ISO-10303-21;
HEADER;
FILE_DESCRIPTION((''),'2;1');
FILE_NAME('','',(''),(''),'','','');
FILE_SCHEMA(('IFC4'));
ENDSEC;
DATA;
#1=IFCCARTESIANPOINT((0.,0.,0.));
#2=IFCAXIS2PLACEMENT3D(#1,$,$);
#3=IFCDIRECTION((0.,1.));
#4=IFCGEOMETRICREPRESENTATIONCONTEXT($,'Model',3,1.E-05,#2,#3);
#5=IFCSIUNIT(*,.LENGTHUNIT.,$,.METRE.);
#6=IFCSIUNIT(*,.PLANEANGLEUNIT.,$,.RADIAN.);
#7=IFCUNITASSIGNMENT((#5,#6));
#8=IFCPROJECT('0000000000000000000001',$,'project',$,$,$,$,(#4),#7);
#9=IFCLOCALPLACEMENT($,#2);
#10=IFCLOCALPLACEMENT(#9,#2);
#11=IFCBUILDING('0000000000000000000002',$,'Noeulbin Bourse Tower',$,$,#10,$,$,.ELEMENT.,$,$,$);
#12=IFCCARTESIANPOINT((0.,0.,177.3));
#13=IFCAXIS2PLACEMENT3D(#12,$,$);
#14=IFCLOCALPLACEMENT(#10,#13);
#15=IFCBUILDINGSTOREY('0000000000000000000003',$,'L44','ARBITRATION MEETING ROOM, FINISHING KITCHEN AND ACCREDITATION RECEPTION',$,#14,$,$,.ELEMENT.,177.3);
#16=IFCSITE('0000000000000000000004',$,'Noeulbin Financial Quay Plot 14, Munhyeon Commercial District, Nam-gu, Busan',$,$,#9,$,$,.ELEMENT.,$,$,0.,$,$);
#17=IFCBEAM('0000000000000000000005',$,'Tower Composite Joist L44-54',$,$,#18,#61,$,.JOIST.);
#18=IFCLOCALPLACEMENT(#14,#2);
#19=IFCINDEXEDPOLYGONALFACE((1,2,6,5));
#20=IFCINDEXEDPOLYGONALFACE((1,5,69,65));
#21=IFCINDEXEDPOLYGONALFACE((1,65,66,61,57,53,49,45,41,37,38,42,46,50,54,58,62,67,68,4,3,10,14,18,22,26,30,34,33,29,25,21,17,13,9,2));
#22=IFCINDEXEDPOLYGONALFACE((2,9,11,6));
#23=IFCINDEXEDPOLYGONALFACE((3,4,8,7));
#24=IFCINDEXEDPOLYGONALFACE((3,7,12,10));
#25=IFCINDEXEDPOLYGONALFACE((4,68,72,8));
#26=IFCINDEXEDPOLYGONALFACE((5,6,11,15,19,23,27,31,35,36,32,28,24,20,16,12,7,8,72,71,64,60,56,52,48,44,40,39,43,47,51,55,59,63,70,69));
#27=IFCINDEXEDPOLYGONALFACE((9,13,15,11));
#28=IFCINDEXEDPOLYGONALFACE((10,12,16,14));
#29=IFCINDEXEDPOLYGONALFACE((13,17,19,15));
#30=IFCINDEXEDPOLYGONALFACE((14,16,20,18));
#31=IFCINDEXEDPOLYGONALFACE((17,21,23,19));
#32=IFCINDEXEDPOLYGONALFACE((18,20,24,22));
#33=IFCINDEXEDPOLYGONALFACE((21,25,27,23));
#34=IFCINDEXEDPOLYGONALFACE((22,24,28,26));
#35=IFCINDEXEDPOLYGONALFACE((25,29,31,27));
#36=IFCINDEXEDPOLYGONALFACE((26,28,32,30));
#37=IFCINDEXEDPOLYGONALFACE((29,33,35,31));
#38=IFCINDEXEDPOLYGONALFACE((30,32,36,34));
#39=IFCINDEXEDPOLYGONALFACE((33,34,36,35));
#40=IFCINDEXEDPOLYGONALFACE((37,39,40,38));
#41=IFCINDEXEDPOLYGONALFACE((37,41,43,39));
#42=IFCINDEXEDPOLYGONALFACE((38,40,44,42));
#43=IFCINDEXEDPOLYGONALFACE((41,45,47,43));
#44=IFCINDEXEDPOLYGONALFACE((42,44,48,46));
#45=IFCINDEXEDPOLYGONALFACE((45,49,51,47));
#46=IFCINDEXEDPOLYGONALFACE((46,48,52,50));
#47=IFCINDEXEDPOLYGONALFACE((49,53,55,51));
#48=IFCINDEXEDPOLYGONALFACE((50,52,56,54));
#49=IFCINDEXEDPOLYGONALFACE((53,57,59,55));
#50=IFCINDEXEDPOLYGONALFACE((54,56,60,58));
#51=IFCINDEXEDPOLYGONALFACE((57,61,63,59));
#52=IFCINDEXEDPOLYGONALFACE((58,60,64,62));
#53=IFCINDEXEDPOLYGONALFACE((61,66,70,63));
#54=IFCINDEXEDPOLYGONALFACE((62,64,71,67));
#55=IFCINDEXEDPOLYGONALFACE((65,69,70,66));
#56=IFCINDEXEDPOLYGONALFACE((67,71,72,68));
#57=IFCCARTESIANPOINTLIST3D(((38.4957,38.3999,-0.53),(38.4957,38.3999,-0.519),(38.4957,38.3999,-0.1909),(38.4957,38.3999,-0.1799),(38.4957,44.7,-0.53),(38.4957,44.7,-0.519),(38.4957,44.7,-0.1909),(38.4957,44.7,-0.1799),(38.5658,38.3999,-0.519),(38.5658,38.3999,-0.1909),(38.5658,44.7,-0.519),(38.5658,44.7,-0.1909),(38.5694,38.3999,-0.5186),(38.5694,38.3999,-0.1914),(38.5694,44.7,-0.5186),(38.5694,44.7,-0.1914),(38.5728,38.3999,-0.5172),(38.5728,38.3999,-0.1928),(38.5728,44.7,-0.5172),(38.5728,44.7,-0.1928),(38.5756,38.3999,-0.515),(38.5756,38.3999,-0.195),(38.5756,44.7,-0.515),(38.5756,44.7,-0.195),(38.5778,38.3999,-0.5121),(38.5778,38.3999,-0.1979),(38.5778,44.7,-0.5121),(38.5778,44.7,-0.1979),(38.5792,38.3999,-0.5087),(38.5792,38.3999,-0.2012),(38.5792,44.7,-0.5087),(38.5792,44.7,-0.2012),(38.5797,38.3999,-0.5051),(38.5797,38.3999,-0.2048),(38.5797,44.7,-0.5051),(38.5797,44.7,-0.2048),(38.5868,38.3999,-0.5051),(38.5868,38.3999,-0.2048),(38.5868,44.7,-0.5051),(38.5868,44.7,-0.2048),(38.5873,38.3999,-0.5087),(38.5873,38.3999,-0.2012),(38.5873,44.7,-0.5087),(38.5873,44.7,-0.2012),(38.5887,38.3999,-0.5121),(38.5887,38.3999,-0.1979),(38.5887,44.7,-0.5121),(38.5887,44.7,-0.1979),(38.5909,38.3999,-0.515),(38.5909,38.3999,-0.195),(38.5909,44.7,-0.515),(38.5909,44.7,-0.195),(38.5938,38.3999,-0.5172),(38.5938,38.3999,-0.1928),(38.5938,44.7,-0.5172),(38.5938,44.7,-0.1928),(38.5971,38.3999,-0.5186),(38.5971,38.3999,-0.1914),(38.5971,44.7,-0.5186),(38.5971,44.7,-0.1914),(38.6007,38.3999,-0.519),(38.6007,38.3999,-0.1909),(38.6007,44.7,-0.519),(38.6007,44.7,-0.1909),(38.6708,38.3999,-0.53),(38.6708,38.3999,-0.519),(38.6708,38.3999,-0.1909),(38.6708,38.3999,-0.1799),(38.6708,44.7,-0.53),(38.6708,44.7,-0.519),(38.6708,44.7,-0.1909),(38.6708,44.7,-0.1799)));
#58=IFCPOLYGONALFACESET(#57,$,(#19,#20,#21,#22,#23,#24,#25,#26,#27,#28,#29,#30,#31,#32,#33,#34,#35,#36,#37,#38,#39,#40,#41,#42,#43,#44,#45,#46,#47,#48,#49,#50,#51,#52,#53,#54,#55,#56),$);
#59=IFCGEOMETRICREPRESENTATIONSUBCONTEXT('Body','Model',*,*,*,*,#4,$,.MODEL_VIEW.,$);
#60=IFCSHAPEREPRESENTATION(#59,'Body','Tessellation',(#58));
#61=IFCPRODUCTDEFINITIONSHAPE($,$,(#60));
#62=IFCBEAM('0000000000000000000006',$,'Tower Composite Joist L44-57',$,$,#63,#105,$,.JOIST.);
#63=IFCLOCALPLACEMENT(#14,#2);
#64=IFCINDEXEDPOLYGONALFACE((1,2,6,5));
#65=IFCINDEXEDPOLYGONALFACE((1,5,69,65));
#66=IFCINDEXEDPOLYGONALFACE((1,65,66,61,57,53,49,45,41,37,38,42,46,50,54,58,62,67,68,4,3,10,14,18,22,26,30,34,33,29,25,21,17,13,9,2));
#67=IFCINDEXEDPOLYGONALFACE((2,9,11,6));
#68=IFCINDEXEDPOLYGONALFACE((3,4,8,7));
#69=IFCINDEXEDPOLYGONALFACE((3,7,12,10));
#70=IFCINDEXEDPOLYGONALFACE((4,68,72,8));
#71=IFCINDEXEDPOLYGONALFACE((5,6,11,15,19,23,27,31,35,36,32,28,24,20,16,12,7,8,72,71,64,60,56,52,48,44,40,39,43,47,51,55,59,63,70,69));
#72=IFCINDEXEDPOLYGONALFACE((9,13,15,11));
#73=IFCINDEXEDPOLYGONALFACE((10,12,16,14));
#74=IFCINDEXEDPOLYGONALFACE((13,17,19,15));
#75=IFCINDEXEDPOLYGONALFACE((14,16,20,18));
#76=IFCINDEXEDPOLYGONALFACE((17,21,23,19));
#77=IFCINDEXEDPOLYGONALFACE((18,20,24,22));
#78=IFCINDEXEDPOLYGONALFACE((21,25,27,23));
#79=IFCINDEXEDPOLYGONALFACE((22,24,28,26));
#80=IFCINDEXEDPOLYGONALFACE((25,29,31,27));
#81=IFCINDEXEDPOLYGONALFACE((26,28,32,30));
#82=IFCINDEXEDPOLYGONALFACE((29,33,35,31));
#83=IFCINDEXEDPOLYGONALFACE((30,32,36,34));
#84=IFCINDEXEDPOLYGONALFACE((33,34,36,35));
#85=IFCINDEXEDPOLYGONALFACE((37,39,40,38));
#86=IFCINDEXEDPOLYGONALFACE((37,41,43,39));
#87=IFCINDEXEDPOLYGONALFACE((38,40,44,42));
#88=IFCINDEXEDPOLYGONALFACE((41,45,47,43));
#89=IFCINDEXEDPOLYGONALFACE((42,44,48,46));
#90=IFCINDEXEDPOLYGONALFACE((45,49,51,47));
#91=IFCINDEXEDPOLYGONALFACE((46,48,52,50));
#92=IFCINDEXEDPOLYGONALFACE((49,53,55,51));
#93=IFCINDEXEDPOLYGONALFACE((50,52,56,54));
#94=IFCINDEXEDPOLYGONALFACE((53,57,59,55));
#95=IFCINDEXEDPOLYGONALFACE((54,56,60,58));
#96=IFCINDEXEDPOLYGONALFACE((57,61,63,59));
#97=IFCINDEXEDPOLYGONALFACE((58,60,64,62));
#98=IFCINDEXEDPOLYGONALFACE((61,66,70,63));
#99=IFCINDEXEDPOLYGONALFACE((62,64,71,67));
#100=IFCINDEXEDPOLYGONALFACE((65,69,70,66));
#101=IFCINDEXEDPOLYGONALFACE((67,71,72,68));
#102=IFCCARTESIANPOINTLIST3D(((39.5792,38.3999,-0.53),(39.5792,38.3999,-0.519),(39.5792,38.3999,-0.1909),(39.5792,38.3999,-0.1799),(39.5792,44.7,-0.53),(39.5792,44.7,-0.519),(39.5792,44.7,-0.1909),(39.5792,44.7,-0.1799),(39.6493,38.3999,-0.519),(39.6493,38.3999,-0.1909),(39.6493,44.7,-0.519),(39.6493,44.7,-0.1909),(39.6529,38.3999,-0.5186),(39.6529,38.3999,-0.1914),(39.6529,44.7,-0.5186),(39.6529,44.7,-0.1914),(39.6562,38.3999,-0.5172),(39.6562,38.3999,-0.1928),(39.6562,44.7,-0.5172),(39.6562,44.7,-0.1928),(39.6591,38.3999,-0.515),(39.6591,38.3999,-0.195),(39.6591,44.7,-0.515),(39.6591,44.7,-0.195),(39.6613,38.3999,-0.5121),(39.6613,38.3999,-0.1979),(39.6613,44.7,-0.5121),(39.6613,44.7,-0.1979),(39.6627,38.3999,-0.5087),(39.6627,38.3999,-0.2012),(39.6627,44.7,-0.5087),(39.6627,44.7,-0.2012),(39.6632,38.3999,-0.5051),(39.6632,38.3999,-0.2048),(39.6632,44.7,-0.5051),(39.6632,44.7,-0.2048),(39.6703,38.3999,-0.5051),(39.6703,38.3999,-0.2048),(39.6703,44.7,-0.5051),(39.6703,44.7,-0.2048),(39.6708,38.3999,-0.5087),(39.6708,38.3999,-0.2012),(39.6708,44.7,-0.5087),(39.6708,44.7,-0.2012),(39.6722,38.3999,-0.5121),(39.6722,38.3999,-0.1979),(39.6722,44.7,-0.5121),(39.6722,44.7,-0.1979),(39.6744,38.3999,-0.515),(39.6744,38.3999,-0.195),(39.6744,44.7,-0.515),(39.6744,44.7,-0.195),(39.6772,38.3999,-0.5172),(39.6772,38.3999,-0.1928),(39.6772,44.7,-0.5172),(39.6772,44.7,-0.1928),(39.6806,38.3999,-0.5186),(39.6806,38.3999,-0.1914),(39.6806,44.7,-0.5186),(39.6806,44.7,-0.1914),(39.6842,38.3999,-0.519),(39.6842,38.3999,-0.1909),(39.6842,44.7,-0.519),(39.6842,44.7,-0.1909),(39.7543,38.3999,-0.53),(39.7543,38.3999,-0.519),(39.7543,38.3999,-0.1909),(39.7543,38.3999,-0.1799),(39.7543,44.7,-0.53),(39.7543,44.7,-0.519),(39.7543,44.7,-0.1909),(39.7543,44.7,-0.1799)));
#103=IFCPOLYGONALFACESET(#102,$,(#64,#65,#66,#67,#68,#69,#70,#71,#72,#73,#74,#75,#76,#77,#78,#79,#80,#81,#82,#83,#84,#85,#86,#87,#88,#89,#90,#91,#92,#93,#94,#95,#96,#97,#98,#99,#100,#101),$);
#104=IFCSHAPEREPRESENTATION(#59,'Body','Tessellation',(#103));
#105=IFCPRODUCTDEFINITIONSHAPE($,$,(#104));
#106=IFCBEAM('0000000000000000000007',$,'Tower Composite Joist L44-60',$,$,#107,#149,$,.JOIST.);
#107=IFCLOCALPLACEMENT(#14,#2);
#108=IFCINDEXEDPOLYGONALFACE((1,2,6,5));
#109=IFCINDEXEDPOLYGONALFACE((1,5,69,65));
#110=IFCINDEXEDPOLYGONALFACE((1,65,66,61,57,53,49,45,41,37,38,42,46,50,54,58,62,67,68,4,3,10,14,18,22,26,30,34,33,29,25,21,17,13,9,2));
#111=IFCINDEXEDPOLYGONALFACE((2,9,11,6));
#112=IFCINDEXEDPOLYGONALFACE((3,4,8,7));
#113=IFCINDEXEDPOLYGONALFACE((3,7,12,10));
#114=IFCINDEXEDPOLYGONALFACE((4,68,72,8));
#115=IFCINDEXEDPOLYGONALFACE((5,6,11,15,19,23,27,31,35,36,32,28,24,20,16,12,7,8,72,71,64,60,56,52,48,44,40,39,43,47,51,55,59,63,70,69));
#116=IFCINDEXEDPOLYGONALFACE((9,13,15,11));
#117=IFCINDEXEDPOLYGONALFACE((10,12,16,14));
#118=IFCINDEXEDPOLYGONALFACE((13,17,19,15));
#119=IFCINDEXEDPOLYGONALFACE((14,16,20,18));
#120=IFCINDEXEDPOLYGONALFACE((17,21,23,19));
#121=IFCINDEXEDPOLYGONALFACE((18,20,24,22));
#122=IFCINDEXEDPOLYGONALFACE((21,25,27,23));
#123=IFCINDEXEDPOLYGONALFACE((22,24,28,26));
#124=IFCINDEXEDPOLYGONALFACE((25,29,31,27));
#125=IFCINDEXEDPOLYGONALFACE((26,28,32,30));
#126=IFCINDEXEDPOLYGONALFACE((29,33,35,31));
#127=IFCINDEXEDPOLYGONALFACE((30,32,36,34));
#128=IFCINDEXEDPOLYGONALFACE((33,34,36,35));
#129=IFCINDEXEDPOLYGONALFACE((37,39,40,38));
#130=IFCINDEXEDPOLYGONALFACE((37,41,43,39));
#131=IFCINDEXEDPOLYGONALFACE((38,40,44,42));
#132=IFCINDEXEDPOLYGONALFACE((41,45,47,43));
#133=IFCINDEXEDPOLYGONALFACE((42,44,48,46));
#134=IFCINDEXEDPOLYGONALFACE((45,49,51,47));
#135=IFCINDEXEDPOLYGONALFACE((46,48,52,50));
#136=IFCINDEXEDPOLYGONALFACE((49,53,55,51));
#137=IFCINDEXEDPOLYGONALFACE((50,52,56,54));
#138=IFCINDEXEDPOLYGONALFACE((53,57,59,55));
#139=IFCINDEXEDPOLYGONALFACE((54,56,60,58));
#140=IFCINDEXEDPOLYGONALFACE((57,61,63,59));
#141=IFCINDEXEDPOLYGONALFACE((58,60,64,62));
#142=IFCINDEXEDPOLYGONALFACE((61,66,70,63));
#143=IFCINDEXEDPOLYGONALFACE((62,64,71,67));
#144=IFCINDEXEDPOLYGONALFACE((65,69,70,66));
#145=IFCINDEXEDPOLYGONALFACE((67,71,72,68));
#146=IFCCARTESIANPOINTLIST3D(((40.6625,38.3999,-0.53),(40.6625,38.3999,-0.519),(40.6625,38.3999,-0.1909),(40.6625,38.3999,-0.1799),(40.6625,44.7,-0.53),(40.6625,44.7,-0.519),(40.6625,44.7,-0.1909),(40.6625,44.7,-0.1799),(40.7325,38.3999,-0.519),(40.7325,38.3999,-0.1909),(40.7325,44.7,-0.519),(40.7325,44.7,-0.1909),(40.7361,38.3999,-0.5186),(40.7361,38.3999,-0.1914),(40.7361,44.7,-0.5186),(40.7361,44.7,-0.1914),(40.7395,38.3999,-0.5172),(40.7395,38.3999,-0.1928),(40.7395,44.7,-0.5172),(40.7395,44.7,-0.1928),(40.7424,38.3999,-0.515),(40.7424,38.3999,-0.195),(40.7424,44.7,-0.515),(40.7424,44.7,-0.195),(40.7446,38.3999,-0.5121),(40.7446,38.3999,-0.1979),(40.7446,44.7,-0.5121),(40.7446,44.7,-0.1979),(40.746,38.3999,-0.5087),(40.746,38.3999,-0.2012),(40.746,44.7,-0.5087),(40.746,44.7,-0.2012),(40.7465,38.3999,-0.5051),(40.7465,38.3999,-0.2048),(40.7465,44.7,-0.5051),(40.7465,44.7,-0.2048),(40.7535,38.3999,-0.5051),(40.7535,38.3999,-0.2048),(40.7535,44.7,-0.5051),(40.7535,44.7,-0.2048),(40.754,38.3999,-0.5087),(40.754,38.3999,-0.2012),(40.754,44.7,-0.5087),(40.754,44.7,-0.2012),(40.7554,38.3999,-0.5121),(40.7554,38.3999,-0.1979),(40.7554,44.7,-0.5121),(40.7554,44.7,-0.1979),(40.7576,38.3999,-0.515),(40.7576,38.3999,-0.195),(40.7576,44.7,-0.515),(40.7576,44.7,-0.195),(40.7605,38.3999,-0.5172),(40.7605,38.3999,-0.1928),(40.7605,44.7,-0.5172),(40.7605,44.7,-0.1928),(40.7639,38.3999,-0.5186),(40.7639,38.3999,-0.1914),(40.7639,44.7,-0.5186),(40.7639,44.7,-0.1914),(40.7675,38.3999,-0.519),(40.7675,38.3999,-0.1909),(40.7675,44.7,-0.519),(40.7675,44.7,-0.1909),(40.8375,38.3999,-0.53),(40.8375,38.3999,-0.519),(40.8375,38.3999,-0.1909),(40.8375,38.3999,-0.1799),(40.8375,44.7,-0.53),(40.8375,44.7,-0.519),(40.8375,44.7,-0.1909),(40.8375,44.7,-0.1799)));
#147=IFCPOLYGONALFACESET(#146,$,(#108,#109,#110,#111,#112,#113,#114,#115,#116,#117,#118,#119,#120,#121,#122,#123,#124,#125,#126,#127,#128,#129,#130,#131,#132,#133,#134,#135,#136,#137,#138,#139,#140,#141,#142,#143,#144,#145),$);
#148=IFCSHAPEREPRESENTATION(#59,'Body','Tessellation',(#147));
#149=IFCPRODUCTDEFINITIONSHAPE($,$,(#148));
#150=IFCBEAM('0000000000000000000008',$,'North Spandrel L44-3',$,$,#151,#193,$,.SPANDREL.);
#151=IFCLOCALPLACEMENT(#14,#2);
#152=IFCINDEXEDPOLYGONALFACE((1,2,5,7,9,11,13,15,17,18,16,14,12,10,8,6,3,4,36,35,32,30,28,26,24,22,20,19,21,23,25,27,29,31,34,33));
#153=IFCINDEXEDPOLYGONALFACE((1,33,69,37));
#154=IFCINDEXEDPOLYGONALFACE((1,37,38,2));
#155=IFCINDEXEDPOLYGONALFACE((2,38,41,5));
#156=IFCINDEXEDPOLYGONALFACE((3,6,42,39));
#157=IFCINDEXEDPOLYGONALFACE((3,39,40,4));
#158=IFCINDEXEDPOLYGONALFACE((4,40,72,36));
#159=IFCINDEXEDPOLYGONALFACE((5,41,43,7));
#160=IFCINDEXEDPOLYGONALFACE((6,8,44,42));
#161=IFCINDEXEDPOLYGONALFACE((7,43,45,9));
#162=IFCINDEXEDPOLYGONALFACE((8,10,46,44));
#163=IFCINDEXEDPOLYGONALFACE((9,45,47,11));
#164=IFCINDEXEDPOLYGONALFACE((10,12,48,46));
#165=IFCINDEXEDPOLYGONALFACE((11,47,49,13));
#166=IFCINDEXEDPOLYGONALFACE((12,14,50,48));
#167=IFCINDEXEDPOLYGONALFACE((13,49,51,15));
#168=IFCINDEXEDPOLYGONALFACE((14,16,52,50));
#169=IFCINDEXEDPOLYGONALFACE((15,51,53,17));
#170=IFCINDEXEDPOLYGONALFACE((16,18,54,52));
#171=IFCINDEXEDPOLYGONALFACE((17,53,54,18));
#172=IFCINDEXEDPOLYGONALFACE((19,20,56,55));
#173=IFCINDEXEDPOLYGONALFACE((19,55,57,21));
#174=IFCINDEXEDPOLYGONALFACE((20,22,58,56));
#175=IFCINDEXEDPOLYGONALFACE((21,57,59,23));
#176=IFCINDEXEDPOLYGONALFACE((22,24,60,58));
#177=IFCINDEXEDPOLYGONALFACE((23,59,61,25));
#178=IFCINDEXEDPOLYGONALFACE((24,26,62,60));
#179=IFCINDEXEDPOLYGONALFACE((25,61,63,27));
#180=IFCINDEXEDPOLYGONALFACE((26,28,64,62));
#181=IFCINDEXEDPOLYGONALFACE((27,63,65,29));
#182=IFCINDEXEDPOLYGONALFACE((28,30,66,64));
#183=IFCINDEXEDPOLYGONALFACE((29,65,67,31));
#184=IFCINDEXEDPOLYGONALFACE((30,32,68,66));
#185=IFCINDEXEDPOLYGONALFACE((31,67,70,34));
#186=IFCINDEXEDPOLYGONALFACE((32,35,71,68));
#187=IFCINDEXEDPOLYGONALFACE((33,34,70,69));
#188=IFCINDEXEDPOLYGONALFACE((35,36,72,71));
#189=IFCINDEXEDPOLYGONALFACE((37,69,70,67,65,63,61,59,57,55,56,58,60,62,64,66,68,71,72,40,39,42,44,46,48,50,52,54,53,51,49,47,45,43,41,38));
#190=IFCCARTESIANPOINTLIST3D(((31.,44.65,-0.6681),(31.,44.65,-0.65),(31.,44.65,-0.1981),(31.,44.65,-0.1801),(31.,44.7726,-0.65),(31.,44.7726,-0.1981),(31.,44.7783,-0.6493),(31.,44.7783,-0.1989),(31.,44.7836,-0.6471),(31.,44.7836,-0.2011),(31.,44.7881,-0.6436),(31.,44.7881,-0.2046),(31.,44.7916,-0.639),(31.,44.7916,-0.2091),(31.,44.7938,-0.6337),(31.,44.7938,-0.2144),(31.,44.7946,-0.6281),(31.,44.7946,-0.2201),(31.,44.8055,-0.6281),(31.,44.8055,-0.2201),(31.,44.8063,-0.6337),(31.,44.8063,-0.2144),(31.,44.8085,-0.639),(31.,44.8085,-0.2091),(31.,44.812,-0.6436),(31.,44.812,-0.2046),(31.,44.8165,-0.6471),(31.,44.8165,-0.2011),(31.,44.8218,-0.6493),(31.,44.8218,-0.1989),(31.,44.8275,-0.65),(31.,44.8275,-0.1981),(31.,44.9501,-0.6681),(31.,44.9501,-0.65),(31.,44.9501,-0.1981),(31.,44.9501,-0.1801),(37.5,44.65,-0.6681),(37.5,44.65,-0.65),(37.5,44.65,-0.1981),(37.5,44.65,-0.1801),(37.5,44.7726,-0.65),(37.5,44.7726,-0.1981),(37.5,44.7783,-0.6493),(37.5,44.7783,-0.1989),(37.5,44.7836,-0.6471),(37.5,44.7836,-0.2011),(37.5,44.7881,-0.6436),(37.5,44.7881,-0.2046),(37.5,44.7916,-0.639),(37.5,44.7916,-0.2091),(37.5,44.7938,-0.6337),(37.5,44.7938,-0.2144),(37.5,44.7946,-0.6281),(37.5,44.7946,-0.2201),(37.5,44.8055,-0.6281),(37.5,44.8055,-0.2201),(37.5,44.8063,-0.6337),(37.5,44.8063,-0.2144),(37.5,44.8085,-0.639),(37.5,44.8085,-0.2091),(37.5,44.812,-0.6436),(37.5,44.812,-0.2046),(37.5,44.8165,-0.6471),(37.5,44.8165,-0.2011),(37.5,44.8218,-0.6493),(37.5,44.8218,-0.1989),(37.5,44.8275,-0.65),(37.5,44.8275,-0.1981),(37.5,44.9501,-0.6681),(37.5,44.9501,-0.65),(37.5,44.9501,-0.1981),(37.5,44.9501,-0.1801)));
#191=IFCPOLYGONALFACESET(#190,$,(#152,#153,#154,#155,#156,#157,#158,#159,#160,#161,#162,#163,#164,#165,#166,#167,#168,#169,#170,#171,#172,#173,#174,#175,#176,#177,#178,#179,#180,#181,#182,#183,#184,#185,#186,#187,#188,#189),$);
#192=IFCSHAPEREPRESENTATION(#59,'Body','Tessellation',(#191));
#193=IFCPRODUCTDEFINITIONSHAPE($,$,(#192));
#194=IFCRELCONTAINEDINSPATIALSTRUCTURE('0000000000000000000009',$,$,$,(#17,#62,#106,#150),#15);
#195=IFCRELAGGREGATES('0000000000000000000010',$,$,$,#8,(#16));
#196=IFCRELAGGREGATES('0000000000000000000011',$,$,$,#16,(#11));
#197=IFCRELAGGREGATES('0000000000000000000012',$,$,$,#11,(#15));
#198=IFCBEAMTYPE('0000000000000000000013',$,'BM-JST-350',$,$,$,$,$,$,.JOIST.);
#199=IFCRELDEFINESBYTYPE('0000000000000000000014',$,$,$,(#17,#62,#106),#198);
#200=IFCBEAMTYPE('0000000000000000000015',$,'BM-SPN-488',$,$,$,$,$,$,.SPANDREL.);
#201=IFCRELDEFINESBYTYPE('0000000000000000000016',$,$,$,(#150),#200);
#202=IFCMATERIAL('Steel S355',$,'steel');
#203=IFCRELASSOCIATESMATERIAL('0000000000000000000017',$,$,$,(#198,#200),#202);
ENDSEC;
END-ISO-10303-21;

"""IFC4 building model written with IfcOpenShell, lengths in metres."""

from ifc_helpers import new_model, si_unit, direction, frame, origin, origin_2d, place, context, subcontext, project, spatial, i_section, extrude, material, material_profile, profile_set, type_object, element, save


model = new_model("IFC4")

# Units and contexts
model_context = context("Model", 3, precision=1e-05, world=origin(), true_north=direction((0.0, 1.0)))
body_context = subcontext(model_context, "Body", "Model", "MODEL_VIEW")
ifc_project = project(units=[si_unit("LENGTHUNIT", "METRE"), si_unit("PLANEANGLEUNIT", "RADIAN")], contexts=[model_context])

# Site, building, storey
site_placement = place(None, origin())
site = spatial("IfcSite", under=ifc_project, at=site_placement, Name="Noeulbin Financial Quay Plot 14, Munhyeon Commercial District, Nam-gu, Busan", CompositionType="ELEMENT", RefElevation=0.0)
building_placement = place(site_placement, origin())
building = spatial("IfcBuilding", under=site, at=building_placement, Name="Noeulbin Bourse Tower", CompositionType="ELEMENT")
storey_placement = place(building_placement, frame((0.0, 0.0, 177.3)))
storey = spatial("IfcBuildingStorey", under=building, at=storey_placement, Name="L44", Description="ARBITRATION MEETING ROOM, FINISHING KITCHEN AND ACCREDITATION RECEPTION", CompositionType="ELEMENT", Elevation=177.3)

# Shared definitions
ifc_material_1 = material(Name="Steel S355", Category="steel")

# Beams
ifc_material_profile_1 = material_profile(ifc_material_1, i_section(OverallWidth=0.175, OverallDepth=0.3501, WebThickness=0.0071, FlangeThickness=0.011, FilletRadius=0.0139, at=origin_2d()), Name="H-350x175x7x11", Category="LoadBearing")
ifc_profile_set_1 = profile_set([ifc_material_profile_1], Name="Steel S355")
beam_type_1 = type_object("IfcBeamType", Name="BM-JST-350", PredefinedType="JOIST", material=ifc_profile_set_1)
for number, where, z_axis, x_axis, name in (
    (1, (38.5833, 38.3999, -0.355), (0.0, 1.0, 0.0), (-1.0, 0.0, 0.0), "Tower Composite Joist L44-54"),
    (2, (39.6667, 38.3999, -0.355), (0.0, 1.0, 0.0), (-1.0, 0.0, 0.0), "Tower Composite Joist L44-57"),
    (3, (40.75, 38.3999, -0.355), (0.0, 1.0, 0.0), (-1.0, 0.0, 0.0), "Tower Composite Joist L44-60"),
):
    element("IfcBeam", number, at=place(storey_placement, frame(where, z_axis=z_axis, x_axis=x_axis)), inside=storey, type_object=beam_type_1, Name=name, PredefinedType="JOIST", context=body_context, shape_type="SweptSolid", body=[
        extrude(i_section(OverallWidth=0.175, OverallDepth=0.3501, WebThickness=0.0071, FlangeThickness=0.011, FilletRadius=0.0139, at=origin_2d()), origin(), (0.0, 0.0, 1.0), 6.3),
    ])
ifc_material_profile_2 = material_profile(ifc_material_1, i_section(OverallWidth=0.3, OverallDepth=0.488, WebThickness=0.011, FlangeThickness=0.0181, FilletRadius=0.022, at=origin_2d()), Name="H-488x300x11x18", Category="LoadBearing")
ifc_profile_set_2 = profile_set([ifc_material_profile_2], Name="Steel S355")
beam_type_2 = type_object("IfcBeamType", Name="BM-SPN-488", PredefinedType="SPANDREL", material=ifc_profile_set_2)
for number, where, z_axis, x_axis, name in (
    (4, (31.0, 44.8, -0.4241), (1.0, 0.0, 0.0), (0.0, 1.0, 0.0), "North Spandrel L44-3"),
):
    element("IfcBeam", number, at=place(storey_placement, frame(where, z_axis=z_axis, x_axis=x_axis)), inside=storey, type_object=beam_type_2, Name=name, PredefinedType="SPANDREL", context=body_context, shape_type="SweptSolid", body=[
        extrude(i_section(OverallWidth=0.3, OverallDepth=0.488, WebThickness=0.011, FlangeThickness=0.0181, FilletRadius=0.022, at=origin_2d()), origin(), (0.0, 0.0, 1.0), 6.5),
    ])

save(model, "model.ifc")
